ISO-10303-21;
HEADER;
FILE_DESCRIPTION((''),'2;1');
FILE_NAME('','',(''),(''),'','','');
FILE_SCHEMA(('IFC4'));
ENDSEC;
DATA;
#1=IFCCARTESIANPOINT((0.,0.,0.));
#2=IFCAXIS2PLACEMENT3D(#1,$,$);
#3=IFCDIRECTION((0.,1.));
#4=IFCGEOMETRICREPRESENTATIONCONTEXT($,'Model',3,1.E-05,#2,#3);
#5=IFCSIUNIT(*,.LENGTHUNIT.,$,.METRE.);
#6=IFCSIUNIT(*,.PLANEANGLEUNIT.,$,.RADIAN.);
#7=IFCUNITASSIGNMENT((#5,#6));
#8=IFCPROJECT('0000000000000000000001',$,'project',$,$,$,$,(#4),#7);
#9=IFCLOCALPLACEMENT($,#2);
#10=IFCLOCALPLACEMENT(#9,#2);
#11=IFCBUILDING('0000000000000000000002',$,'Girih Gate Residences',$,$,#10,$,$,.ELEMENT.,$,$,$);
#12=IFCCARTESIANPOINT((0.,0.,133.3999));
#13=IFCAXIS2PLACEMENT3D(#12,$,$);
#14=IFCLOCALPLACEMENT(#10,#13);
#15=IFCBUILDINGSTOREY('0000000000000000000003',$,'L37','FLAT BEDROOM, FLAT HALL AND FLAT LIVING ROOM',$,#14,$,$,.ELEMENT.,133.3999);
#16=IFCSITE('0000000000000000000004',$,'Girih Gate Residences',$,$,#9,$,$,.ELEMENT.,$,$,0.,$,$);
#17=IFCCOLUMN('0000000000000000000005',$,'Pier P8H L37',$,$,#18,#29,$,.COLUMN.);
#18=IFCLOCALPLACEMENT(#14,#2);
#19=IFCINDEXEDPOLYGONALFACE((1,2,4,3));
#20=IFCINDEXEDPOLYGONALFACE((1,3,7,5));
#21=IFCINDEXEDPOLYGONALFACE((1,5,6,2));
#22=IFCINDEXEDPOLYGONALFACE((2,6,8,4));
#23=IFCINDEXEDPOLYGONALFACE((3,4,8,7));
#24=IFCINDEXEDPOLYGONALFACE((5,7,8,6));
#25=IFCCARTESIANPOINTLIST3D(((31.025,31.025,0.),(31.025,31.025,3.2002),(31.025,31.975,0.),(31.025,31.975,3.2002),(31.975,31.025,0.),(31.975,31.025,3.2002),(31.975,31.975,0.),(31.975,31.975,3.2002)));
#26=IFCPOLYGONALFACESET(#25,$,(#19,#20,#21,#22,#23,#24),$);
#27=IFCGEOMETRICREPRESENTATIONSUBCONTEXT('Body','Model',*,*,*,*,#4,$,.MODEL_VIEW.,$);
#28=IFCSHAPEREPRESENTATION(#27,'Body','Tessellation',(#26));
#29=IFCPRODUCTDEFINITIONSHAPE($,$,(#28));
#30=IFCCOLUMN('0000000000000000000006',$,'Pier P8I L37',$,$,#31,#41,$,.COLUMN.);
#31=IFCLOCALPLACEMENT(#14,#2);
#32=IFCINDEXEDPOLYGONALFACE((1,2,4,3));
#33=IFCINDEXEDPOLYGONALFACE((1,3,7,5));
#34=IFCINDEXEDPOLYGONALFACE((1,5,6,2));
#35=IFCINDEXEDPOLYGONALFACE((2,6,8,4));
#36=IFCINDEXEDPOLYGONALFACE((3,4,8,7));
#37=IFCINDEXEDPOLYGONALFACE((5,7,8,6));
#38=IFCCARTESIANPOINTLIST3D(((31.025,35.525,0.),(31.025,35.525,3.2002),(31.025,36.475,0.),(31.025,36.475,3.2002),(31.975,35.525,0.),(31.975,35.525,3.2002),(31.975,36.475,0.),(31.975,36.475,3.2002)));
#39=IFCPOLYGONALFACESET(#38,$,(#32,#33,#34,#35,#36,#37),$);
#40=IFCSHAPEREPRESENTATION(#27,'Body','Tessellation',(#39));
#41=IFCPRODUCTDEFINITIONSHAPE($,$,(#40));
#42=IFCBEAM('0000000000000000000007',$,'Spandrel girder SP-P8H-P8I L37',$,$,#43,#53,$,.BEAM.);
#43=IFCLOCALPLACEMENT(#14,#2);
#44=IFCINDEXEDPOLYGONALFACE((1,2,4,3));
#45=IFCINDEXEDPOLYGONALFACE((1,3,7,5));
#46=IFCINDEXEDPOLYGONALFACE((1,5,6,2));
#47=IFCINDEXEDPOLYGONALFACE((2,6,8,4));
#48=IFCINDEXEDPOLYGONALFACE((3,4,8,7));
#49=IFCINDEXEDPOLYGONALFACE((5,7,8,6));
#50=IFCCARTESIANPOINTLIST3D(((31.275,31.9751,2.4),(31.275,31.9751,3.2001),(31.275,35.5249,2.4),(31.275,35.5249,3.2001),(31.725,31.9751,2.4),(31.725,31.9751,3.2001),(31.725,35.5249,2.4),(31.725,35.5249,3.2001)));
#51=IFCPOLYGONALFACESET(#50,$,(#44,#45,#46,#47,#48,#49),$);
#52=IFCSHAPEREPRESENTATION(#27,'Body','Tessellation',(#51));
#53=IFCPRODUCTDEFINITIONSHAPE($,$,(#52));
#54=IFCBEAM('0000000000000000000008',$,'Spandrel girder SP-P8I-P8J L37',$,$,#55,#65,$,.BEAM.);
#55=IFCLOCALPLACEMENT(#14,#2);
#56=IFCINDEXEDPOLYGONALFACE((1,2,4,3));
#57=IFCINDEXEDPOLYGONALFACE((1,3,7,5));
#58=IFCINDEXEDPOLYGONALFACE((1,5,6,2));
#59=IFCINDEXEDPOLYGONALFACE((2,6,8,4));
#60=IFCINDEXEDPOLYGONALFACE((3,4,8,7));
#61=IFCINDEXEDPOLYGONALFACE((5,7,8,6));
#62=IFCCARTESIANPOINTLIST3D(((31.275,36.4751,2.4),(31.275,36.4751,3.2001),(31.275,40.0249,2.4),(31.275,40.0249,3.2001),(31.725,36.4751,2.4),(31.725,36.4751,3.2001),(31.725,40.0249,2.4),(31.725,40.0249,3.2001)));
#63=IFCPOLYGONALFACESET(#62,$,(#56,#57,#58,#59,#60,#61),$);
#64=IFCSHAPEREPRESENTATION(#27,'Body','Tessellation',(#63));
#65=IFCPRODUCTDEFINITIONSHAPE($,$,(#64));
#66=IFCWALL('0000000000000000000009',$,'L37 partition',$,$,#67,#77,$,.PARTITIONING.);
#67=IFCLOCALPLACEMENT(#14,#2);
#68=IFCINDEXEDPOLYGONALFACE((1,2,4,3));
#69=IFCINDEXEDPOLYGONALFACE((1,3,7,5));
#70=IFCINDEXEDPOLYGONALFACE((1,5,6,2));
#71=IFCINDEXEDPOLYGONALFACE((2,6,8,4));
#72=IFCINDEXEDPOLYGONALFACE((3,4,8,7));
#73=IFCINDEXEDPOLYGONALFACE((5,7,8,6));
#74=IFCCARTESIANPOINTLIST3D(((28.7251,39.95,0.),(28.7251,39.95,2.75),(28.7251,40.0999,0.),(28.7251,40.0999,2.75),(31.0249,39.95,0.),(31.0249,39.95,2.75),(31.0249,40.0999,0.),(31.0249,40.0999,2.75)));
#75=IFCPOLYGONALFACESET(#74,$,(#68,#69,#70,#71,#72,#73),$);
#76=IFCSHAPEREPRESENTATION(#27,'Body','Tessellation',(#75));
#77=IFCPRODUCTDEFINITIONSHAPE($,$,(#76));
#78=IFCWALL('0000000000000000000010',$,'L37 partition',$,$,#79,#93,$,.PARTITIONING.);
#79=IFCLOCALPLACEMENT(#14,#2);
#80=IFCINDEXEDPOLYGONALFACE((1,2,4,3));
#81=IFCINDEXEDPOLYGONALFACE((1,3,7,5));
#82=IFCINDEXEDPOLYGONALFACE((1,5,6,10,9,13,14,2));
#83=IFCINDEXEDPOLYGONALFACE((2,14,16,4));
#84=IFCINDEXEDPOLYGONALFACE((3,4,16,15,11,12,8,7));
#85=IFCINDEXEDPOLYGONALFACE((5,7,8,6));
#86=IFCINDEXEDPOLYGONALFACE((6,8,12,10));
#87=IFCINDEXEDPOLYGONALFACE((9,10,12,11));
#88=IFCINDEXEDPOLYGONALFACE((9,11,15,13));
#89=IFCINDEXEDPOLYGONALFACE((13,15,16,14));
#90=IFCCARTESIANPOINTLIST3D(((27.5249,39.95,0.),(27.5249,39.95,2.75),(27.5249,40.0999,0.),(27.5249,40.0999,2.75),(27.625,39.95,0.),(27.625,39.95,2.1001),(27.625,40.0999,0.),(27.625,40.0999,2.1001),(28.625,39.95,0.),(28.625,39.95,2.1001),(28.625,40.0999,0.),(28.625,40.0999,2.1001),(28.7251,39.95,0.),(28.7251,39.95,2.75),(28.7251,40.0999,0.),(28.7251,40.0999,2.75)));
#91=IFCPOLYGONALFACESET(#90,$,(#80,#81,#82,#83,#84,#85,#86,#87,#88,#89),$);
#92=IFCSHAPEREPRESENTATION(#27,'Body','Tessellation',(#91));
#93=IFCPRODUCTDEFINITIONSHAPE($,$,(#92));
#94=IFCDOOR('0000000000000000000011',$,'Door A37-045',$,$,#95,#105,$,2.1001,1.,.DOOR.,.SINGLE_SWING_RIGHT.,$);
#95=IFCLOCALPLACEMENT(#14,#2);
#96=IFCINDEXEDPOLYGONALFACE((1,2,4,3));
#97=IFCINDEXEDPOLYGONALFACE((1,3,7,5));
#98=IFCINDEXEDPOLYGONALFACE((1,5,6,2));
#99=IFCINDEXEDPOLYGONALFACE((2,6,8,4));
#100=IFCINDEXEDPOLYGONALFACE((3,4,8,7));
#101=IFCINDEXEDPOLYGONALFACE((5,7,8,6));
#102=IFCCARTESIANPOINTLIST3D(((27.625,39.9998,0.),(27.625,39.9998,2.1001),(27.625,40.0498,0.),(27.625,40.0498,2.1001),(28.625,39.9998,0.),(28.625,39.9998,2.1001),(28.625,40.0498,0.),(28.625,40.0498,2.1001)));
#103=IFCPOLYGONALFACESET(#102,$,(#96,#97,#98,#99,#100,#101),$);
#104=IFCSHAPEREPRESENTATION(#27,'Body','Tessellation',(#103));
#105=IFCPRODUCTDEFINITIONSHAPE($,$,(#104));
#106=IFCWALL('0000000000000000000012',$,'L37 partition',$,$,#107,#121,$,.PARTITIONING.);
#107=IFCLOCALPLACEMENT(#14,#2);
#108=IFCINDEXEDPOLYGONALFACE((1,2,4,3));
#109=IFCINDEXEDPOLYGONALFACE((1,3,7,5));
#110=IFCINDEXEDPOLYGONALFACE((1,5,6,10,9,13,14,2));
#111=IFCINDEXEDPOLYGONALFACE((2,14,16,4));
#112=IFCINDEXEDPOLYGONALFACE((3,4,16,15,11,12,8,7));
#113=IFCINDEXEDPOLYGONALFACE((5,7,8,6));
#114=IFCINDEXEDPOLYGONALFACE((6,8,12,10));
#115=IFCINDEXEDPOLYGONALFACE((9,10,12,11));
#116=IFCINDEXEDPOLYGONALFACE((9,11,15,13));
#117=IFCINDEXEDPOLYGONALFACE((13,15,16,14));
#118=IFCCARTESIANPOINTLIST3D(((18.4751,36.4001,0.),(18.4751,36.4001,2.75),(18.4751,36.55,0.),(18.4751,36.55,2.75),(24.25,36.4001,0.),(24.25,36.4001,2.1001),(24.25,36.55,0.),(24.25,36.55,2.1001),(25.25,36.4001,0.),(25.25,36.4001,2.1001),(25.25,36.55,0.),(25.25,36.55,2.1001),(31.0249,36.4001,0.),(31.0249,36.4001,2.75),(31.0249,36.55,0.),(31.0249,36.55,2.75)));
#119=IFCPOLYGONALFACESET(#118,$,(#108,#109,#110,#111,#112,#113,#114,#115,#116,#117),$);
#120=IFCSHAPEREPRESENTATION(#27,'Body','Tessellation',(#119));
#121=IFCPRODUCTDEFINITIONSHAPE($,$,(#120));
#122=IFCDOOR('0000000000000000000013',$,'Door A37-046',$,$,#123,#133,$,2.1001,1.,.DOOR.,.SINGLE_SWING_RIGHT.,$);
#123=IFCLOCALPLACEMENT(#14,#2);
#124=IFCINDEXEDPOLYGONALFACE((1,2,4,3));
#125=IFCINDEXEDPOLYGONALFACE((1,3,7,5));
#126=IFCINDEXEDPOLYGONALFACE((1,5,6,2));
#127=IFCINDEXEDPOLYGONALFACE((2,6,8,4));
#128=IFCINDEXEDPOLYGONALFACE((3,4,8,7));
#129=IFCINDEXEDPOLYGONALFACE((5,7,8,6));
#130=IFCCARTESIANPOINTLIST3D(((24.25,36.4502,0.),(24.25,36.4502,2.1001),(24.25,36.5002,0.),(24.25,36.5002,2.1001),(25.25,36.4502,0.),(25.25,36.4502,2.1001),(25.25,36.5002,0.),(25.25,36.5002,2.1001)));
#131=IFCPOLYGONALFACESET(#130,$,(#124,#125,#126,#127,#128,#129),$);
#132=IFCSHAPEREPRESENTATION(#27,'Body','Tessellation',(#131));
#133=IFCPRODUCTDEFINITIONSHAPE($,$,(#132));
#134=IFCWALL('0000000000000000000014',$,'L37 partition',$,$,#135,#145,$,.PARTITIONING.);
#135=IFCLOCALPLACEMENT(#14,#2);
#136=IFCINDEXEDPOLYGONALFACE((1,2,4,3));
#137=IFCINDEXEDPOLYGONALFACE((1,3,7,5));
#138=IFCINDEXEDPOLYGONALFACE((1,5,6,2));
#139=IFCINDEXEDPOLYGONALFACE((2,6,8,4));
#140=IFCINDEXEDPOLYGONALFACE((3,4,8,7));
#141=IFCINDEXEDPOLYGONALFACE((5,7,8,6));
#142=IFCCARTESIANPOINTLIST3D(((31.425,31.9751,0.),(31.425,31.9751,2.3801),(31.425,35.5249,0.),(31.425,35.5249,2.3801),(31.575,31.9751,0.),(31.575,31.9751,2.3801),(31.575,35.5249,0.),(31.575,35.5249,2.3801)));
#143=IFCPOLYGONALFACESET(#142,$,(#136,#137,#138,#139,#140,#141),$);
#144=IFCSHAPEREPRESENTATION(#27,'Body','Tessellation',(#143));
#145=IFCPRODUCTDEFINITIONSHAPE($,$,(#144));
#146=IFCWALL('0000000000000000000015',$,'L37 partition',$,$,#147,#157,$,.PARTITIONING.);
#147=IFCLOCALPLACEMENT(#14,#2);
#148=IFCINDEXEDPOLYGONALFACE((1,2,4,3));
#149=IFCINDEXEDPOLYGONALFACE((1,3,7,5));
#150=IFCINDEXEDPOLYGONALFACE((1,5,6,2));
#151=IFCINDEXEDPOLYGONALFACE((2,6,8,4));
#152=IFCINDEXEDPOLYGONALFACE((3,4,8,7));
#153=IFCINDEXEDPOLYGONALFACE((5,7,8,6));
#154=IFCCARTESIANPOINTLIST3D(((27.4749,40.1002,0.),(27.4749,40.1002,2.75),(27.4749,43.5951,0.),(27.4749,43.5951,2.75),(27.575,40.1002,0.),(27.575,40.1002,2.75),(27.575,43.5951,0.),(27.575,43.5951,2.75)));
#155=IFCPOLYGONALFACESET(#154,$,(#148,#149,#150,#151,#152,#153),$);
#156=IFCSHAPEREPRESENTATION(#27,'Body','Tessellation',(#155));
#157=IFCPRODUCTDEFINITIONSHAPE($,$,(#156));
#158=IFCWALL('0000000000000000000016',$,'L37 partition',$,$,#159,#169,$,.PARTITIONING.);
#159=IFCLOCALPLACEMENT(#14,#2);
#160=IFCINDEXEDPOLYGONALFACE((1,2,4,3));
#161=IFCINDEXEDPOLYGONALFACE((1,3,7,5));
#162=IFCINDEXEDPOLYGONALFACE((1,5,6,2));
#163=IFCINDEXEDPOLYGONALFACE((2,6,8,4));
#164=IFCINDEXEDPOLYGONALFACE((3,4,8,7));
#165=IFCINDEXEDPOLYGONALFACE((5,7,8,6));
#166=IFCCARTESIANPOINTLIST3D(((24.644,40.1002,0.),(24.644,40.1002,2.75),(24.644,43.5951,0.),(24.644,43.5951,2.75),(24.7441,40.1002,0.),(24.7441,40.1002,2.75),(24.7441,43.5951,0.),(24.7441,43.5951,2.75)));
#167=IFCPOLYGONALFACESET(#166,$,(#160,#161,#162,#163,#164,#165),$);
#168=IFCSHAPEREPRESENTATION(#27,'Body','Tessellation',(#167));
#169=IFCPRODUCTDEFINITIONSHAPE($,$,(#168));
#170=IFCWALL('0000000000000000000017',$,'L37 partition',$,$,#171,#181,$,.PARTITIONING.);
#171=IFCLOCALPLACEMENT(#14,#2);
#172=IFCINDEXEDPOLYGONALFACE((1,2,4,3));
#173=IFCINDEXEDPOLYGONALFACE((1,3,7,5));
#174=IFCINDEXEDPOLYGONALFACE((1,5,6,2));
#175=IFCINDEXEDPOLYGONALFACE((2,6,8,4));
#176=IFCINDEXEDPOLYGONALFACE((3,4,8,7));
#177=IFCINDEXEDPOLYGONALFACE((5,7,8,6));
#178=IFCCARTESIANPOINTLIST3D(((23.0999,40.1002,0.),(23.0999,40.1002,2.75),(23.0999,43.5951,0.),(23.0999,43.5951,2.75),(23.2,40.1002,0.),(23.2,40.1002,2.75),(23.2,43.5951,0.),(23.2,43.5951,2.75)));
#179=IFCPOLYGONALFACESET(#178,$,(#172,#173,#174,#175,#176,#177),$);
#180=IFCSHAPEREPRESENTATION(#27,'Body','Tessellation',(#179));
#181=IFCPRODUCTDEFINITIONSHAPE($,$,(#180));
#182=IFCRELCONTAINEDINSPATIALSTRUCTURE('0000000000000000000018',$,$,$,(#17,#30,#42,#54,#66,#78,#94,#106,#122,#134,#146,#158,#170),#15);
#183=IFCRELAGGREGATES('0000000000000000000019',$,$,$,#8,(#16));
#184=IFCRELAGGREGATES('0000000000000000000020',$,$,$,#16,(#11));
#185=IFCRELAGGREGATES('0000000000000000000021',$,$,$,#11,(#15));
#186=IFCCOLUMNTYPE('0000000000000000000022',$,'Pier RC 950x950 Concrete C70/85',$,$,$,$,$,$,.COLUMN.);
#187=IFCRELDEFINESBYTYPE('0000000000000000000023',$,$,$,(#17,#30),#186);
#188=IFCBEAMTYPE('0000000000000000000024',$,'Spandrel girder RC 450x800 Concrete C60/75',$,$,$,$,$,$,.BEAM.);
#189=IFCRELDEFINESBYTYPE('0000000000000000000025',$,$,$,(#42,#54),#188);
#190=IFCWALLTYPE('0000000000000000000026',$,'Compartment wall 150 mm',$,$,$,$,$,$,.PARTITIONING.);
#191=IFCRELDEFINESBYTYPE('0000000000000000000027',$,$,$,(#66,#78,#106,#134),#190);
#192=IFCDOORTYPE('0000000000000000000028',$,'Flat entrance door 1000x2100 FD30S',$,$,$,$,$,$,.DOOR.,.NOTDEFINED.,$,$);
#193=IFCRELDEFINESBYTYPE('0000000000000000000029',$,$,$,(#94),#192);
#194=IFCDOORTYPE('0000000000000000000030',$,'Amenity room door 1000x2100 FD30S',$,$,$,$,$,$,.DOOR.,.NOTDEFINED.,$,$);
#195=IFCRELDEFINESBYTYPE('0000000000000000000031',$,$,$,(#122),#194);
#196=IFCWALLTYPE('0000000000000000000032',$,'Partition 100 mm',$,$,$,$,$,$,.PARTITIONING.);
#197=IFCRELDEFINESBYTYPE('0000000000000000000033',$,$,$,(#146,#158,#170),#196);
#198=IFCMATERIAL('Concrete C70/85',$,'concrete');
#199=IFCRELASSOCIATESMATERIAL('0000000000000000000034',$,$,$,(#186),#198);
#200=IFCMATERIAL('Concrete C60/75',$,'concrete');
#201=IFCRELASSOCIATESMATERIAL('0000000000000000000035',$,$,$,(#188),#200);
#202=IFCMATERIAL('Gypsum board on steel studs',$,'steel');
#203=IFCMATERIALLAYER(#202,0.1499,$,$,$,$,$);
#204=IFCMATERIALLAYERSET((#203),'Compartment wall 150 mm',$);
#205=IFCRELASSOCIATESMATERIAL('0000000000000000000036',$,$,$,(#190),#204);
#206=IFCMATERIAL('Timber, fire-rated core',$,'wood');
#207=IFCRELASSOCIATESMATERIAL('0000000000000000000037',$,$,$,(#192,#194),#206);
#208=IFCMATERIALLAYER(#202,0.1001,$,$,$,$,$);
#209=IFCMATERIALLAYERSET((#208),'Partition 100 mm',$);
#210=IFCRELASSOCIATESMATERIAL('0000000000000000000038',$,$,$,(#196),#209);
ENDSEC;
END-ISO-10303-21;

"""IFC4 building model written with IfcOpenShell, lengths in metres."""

from ifc_helpers import new_model, si_unit, direction, frame, frame_2d, origin, origin_2d, place, context, subcontext, project, spatial, rectangle, extrude, material, layer, layer_set, material_profile, profile_set, type_object, element, fill, save


model = new_model("IFC4")

# Units and contexts
model_context = context("Model", 3, precision=1e-05, world=origin(), true_north=direction((0.0, 1.0)))
body_context = subcontext(model_context, "Body", "Model", "MODEL_VIEW")
ifc_project = project(units=[si_unit("LENGTHUNIT", "METRE"), si_unit("PLANEANGLEUNIT", "RADIAN")], contexts=[model_context])

# Site, building, storey
site_placement = place(None, origin())
site = spatial("IfcSite", under=ifc_project, at=site_placement, Name="Girih Gate Residences", CompositionType="ELEMENT", RefElevation=0.0)
building_placement = place(site_placement, origin())
building = spatial("IfcBuilding", under=site, at=building_placement, Name="Girih Gate Residences", CompositionType="ELEMENT")
storey_placement = place(building_placement, frame((0.0, 0.0, 133.3999)))
storey = spatial("IfcBuildingStorey", under=building, at=storey_placement, Name="L37", Description="FLAT BEDROOM, FLAT HALL AND FLAT LIVING ROOM", CompositionType="ELEMENT", Elevation=133.3999)

# Columns
ifc_material_1 = material(Name="Concrete C70/85", Category="concrete")
ifc_material_profile_1 = material_profile(ifc_material_1, rectangle(XDim=0.95, YDim=0.95, at=origin_2d()))
ifc_profile_set_1 = profile_set([ifc_material_profile_1], Name="Concrete C70/85")
column_type = type_object("IfcColumnType", Name="Pier RC 950x950 Concrete C70/85", PredefinedType="COLUMN", material=ifc_profile_set_1)
for number, where, z_axis, x_axis, name in (
    (1, (31.5, 31.5, 0.0), (0.0, 0.0, 1.0), (1.0, 0.0, 0.0), "Pier P8H L37"),
    (2, (31.5, 36.0, 0.0), (0.0, 0.0, 1.0), (1.0, 0.0, 0.0), "Pier P8I L37"),
):
    element("IfcColumn", number, at=place(storey_placement, frame(where, z_axis=z_axis, x_axis=x_axis)), inside=storey, type_object=column_type, Name=name, PredefinedType="COLUMN", context=body_context, shape_type="SweptSolid", body=[
        extrude(rectangle(XDim=0.95, YDim=0.95, at=origin_2d()), origin(), (0.0, 0.0, 1.0), 3.2002),
    ])

# Beams
ifc_material_2 = material(Name="Concrete C60/75", Category="concrete")
ifc_material_profile_2 = material_profile(ifc_material_2, rectangle(XDim=0.45, YDim=0.8, at=origin_2d()))
ifc_profile_set_2 = profile_set([ifc_material_profile_2], Name="Concrete C60/75")
beam_type = type_object("IfcBeamType", Name="Spandrel girder RC 450x800 Concrete C60/75", PredefinedType="BEAM", material=ifc_profile_set_2)
for number, where, z_axis, x_axis, name in (
    (3, (31.5, 31.9751, 2.8), (0.0, 1.0, 0.0), (-1.0, 0.0, 0.0), "Spandrel girder SP-P8H-P8I L37"),
    (4, (31.5, 36.4751, 2.8), (0.0, 1.0, 0.0), (-1.0, 0.0, 0.0), "Spandrel girder SP-P8I-P8J L37"),
):
    element("IfcBeam", number, at=place(storey_placement, frame(where, z_axis=z_axis, x_axis=x_axis)), inside=storey, type_object=beam_type, Name=name, PredefinedType="BEAM", context=body_context, shape_type="SweptSolid", body=[
        extrude(rectangle(XDim=0.45, YDim=0.8, at=origin_2d()), origin(), (0.0, 0.0, 1.0), 3.5498),
    ])

# Wall
ifc_material_3 = material(Name="Gypsum board on steel studs", Category="steel")
ifc_layer_1 = layer(ifc_material_3, 0.1499)
ifc_layer_set_1 = layer_set([ifc_layer_1], Name="Compartment wall 150 mm")
wall_type_1 = type_object("IfcWallType", Name="Compartment wall 150 mm", PredefinedType="PARTITIONING", material=ifc_layer_set_1)
wall_1_placement = place(storey_placement, frame((28.7251, 40.0249, 0.0), z_axis=(0.0, 0.0, 1.0), x_axis=(1.0, 0.0, 0.0)))
element("IfcWall", 5, at=wall_1_placement, inside=storey, type_object=wall_type_1, Name="L37 partition", PredefinedType="PARTITIONING", context=body_context, shape_type="SweptSolid", body=[
    extrude(rectangle(XDim=2.2998, YDim=0.1499, at=frame_2d((1.1499, 0.0))), origin(), (0.0, 0.0, 1.0), 2.75),
])

# Walls, openings, doors
wall_2_placement = place(storey_placement, frame((27.5249, 40.0249, 0.0), z_axis=(0.0, 0.0, 1.0), x_axis=(1.0, 0.0, 0.0)))
wall_2 = element("IfcWall", 6, at=wall_2_placement, inside=storey, type_object=wall_type_1, Name="L37 partition", PredefinedType="PARTITIONING", context=body_context, shape_type="SweptSolid", body=[
    extrude(rectangle(XDim=1.2002, YDim=0.1499, at=frame_2d((0.6001, 0.0))), origin(), (0.0, 0.0, 1.0), 2.75),
])
opening_1_placement = place(wall_2_placement, frame((0.1001, 0.0, 0.0)))
opening_1 = element("IfcOpeningElement", 7, at=opening_1_placement, cuts=wall_2, PredefinedType="OPENING", context=body_context, shape_type="SweptSolid", body=[
    extrude(rectangle(XDim=1.0, YDim=2.1001, at=frame_2d((0.5, 1.05))), frame((0.0, 0.085, 0.0), z_axis=(0.0, -1.0, 0.0), x_axis=(1.0, 0.0, 0.0)), (0.0, 0.0, 1.0), 0.1699),
])
ifc_material_4 = material(Name="Timber, fire-rated core", Category="wood")
door_type_1 = type_object("IfcDoorType", Name="Flat entrance door 1000x2100 FD30S", OperationType="NOTDEFINED", PredefinedType="DOOR", material=ifc_material_4)
door_1_placement = place(opening_1_placement, origin())
door_1 = element("IfcDoor", 8, at=door_1_placement, inside=storey, type_object=door_type_1, Name="Door A37-045", OperationType="SINGLE_SWING_RIGHT", OverallHeight=2.1001, OverallWidth=1.0, PredefinedType="DOOR", context=body_context, shape_type="SweptSolid", body=[
    extrude(rectangle(XDim=1.0, YDim=2.1001, at=frame_2d((0.5, 1.05))), frame((0.0, 0.0249, 0.0), z_axis=(0.0, -1.0, 0.0), x_axis=(1.0, 0.0, 0.0)), (0.0, 0.0, 1.0), 0.05),
])
fill(opening_1, door_1)
wall_3_placement = place(storey_placement, frame((31.0249, 36.4751, 0.0), z_axis=(0.0, 0.0, 1.0), x_axis=(-1.0, 0.0, 0.0)))
wall_3 = element("IfcWall", 9, at=wall_3_placement, inside=storey, type_object=wall_type_1, Name="L37 partition", PredefinedType="PARTITIONING", context=body_context, shape_type="SweptSolid", body=[
    extrude(rectangle(XDim=12.5498, YDim=0.1499, at=frame_2d((6.2749, 0.0))), origin(), (0.0, 0.0, 1.0), 2.75),
])
opening_2_placement = place(wall_3_placement, frame((5.7749, 0.0, 0.0)))
opening_2 = element("IfcOpeningElement", 10, at=opening_2_placement, cuts=wall_3, PredefinedType="OPENING", context=body_context, shape_type="SweptSolid", body=[
    extrude(rectangle(XDim=1.0, YDim=2.1001, at=frame_2d((0.5, 1.05))), frame((0.0, 0.085, 0.0), z_axis=(0.0, -1.0, 0.0), x_axis=(1.0, 0.0, 0.0)), (0.0, 0.0, 1.0), 0.1699),
])
door_type_2 = type_object("IfcDoorType", Name="Amenity room door 1000x2100 FD30S", OperationType="NOTDEFINED", PredefinedType="DOOR", material=ifc_material_4)
door_2_placement = place(opening_2_placement, origin())
door_2 = element("IfcDoor", 11, at=door_2_placement, inside=storey, type_object=door_type_2, Name="Door A37-046", OperationType="SINGLE_SWING_RIGHT", OverallHeight=2.1001, OverallWidth=1.0, PredefinedType="DOOR", context=body_context, shape_type="SweptSolid", body=[
    extrude(rectangle(XDim=1.0, YDim=2.1001, at=frame_2d((0.5, 1.05))), frame((0.0, 0.0249, 0.0), z_axis=(0.0, -1.0, 0.0), x_axis=(1.0, 0.0, 0.0)), (0.0, 0.0, 1.0), 0.05),
])
fill(opening_2, door_2)

# Walls
wall_4_placement = place(storey_placement, frame((31.5, 31.9751, 0.0), z_axis=(0.0, 0.0, 1.0), x_axis=(0.0, 1.0, 0.0)))
element("IfcWall", 12, at=wall_4_placement, inside=storey, type_object=wall_type_1, Name="L37 partition", PredefinedType="PARTITIONING", context=body_context, shape_type="SweptSolid", body=[
    extrude(rectangle(XDim=3.5498, YDim=0.1499, at=frame_2d((1.7749, 0.0))), origin(), (0.0, 0.0, 1.0), 2.3801),
])
ifc_layer_2 = layer(ifc_material_3, 0.1001)
ifc_layer_set_2 = layer_set([ifc_layer_2], Name="Partition 100 mm")
wall_type_2 = type_object("IfcWallType", Name="Partition 100 mm", PredefinedType="PARTITIONING", material=ifc_layer_set_2)
for number, where, z_axis, x_axis, name in (
    (13, (27.5249, 40.1001, 0.0), (0.0, 0.0, 1.0), (0.0, 1.0, 0.0), "L37 partition"),
    (14, (24.6941, 40.1001, 0.0), (0.0, 0.0, 1.0), (0.0, 1.0, 0.0), "L37 partition"),
    (15, (23.1499, 40.1001, 0.0), (0.0, 0.0, 1.0), (0.0, 1.0, 0.0), "L37 partition"),
):
    element("IfcWall", number, at=place(storey_placement, frame(where, z_axis=z_axis, x_axis=x_axis)), inside=storey, type_object=wall_type_2, Name=name, PredefinedType="PARTITIONING", context=body_context, shape_type="SweptSolid", body=[
        extrude(rectangle(XDim=3.4949, YDim=0.1001, at=frame_2d((1.7476, 0.0))), origin(), (0.0, 0.0, 1.0), 2.75),
    ])

save(model, "model.ifc")
